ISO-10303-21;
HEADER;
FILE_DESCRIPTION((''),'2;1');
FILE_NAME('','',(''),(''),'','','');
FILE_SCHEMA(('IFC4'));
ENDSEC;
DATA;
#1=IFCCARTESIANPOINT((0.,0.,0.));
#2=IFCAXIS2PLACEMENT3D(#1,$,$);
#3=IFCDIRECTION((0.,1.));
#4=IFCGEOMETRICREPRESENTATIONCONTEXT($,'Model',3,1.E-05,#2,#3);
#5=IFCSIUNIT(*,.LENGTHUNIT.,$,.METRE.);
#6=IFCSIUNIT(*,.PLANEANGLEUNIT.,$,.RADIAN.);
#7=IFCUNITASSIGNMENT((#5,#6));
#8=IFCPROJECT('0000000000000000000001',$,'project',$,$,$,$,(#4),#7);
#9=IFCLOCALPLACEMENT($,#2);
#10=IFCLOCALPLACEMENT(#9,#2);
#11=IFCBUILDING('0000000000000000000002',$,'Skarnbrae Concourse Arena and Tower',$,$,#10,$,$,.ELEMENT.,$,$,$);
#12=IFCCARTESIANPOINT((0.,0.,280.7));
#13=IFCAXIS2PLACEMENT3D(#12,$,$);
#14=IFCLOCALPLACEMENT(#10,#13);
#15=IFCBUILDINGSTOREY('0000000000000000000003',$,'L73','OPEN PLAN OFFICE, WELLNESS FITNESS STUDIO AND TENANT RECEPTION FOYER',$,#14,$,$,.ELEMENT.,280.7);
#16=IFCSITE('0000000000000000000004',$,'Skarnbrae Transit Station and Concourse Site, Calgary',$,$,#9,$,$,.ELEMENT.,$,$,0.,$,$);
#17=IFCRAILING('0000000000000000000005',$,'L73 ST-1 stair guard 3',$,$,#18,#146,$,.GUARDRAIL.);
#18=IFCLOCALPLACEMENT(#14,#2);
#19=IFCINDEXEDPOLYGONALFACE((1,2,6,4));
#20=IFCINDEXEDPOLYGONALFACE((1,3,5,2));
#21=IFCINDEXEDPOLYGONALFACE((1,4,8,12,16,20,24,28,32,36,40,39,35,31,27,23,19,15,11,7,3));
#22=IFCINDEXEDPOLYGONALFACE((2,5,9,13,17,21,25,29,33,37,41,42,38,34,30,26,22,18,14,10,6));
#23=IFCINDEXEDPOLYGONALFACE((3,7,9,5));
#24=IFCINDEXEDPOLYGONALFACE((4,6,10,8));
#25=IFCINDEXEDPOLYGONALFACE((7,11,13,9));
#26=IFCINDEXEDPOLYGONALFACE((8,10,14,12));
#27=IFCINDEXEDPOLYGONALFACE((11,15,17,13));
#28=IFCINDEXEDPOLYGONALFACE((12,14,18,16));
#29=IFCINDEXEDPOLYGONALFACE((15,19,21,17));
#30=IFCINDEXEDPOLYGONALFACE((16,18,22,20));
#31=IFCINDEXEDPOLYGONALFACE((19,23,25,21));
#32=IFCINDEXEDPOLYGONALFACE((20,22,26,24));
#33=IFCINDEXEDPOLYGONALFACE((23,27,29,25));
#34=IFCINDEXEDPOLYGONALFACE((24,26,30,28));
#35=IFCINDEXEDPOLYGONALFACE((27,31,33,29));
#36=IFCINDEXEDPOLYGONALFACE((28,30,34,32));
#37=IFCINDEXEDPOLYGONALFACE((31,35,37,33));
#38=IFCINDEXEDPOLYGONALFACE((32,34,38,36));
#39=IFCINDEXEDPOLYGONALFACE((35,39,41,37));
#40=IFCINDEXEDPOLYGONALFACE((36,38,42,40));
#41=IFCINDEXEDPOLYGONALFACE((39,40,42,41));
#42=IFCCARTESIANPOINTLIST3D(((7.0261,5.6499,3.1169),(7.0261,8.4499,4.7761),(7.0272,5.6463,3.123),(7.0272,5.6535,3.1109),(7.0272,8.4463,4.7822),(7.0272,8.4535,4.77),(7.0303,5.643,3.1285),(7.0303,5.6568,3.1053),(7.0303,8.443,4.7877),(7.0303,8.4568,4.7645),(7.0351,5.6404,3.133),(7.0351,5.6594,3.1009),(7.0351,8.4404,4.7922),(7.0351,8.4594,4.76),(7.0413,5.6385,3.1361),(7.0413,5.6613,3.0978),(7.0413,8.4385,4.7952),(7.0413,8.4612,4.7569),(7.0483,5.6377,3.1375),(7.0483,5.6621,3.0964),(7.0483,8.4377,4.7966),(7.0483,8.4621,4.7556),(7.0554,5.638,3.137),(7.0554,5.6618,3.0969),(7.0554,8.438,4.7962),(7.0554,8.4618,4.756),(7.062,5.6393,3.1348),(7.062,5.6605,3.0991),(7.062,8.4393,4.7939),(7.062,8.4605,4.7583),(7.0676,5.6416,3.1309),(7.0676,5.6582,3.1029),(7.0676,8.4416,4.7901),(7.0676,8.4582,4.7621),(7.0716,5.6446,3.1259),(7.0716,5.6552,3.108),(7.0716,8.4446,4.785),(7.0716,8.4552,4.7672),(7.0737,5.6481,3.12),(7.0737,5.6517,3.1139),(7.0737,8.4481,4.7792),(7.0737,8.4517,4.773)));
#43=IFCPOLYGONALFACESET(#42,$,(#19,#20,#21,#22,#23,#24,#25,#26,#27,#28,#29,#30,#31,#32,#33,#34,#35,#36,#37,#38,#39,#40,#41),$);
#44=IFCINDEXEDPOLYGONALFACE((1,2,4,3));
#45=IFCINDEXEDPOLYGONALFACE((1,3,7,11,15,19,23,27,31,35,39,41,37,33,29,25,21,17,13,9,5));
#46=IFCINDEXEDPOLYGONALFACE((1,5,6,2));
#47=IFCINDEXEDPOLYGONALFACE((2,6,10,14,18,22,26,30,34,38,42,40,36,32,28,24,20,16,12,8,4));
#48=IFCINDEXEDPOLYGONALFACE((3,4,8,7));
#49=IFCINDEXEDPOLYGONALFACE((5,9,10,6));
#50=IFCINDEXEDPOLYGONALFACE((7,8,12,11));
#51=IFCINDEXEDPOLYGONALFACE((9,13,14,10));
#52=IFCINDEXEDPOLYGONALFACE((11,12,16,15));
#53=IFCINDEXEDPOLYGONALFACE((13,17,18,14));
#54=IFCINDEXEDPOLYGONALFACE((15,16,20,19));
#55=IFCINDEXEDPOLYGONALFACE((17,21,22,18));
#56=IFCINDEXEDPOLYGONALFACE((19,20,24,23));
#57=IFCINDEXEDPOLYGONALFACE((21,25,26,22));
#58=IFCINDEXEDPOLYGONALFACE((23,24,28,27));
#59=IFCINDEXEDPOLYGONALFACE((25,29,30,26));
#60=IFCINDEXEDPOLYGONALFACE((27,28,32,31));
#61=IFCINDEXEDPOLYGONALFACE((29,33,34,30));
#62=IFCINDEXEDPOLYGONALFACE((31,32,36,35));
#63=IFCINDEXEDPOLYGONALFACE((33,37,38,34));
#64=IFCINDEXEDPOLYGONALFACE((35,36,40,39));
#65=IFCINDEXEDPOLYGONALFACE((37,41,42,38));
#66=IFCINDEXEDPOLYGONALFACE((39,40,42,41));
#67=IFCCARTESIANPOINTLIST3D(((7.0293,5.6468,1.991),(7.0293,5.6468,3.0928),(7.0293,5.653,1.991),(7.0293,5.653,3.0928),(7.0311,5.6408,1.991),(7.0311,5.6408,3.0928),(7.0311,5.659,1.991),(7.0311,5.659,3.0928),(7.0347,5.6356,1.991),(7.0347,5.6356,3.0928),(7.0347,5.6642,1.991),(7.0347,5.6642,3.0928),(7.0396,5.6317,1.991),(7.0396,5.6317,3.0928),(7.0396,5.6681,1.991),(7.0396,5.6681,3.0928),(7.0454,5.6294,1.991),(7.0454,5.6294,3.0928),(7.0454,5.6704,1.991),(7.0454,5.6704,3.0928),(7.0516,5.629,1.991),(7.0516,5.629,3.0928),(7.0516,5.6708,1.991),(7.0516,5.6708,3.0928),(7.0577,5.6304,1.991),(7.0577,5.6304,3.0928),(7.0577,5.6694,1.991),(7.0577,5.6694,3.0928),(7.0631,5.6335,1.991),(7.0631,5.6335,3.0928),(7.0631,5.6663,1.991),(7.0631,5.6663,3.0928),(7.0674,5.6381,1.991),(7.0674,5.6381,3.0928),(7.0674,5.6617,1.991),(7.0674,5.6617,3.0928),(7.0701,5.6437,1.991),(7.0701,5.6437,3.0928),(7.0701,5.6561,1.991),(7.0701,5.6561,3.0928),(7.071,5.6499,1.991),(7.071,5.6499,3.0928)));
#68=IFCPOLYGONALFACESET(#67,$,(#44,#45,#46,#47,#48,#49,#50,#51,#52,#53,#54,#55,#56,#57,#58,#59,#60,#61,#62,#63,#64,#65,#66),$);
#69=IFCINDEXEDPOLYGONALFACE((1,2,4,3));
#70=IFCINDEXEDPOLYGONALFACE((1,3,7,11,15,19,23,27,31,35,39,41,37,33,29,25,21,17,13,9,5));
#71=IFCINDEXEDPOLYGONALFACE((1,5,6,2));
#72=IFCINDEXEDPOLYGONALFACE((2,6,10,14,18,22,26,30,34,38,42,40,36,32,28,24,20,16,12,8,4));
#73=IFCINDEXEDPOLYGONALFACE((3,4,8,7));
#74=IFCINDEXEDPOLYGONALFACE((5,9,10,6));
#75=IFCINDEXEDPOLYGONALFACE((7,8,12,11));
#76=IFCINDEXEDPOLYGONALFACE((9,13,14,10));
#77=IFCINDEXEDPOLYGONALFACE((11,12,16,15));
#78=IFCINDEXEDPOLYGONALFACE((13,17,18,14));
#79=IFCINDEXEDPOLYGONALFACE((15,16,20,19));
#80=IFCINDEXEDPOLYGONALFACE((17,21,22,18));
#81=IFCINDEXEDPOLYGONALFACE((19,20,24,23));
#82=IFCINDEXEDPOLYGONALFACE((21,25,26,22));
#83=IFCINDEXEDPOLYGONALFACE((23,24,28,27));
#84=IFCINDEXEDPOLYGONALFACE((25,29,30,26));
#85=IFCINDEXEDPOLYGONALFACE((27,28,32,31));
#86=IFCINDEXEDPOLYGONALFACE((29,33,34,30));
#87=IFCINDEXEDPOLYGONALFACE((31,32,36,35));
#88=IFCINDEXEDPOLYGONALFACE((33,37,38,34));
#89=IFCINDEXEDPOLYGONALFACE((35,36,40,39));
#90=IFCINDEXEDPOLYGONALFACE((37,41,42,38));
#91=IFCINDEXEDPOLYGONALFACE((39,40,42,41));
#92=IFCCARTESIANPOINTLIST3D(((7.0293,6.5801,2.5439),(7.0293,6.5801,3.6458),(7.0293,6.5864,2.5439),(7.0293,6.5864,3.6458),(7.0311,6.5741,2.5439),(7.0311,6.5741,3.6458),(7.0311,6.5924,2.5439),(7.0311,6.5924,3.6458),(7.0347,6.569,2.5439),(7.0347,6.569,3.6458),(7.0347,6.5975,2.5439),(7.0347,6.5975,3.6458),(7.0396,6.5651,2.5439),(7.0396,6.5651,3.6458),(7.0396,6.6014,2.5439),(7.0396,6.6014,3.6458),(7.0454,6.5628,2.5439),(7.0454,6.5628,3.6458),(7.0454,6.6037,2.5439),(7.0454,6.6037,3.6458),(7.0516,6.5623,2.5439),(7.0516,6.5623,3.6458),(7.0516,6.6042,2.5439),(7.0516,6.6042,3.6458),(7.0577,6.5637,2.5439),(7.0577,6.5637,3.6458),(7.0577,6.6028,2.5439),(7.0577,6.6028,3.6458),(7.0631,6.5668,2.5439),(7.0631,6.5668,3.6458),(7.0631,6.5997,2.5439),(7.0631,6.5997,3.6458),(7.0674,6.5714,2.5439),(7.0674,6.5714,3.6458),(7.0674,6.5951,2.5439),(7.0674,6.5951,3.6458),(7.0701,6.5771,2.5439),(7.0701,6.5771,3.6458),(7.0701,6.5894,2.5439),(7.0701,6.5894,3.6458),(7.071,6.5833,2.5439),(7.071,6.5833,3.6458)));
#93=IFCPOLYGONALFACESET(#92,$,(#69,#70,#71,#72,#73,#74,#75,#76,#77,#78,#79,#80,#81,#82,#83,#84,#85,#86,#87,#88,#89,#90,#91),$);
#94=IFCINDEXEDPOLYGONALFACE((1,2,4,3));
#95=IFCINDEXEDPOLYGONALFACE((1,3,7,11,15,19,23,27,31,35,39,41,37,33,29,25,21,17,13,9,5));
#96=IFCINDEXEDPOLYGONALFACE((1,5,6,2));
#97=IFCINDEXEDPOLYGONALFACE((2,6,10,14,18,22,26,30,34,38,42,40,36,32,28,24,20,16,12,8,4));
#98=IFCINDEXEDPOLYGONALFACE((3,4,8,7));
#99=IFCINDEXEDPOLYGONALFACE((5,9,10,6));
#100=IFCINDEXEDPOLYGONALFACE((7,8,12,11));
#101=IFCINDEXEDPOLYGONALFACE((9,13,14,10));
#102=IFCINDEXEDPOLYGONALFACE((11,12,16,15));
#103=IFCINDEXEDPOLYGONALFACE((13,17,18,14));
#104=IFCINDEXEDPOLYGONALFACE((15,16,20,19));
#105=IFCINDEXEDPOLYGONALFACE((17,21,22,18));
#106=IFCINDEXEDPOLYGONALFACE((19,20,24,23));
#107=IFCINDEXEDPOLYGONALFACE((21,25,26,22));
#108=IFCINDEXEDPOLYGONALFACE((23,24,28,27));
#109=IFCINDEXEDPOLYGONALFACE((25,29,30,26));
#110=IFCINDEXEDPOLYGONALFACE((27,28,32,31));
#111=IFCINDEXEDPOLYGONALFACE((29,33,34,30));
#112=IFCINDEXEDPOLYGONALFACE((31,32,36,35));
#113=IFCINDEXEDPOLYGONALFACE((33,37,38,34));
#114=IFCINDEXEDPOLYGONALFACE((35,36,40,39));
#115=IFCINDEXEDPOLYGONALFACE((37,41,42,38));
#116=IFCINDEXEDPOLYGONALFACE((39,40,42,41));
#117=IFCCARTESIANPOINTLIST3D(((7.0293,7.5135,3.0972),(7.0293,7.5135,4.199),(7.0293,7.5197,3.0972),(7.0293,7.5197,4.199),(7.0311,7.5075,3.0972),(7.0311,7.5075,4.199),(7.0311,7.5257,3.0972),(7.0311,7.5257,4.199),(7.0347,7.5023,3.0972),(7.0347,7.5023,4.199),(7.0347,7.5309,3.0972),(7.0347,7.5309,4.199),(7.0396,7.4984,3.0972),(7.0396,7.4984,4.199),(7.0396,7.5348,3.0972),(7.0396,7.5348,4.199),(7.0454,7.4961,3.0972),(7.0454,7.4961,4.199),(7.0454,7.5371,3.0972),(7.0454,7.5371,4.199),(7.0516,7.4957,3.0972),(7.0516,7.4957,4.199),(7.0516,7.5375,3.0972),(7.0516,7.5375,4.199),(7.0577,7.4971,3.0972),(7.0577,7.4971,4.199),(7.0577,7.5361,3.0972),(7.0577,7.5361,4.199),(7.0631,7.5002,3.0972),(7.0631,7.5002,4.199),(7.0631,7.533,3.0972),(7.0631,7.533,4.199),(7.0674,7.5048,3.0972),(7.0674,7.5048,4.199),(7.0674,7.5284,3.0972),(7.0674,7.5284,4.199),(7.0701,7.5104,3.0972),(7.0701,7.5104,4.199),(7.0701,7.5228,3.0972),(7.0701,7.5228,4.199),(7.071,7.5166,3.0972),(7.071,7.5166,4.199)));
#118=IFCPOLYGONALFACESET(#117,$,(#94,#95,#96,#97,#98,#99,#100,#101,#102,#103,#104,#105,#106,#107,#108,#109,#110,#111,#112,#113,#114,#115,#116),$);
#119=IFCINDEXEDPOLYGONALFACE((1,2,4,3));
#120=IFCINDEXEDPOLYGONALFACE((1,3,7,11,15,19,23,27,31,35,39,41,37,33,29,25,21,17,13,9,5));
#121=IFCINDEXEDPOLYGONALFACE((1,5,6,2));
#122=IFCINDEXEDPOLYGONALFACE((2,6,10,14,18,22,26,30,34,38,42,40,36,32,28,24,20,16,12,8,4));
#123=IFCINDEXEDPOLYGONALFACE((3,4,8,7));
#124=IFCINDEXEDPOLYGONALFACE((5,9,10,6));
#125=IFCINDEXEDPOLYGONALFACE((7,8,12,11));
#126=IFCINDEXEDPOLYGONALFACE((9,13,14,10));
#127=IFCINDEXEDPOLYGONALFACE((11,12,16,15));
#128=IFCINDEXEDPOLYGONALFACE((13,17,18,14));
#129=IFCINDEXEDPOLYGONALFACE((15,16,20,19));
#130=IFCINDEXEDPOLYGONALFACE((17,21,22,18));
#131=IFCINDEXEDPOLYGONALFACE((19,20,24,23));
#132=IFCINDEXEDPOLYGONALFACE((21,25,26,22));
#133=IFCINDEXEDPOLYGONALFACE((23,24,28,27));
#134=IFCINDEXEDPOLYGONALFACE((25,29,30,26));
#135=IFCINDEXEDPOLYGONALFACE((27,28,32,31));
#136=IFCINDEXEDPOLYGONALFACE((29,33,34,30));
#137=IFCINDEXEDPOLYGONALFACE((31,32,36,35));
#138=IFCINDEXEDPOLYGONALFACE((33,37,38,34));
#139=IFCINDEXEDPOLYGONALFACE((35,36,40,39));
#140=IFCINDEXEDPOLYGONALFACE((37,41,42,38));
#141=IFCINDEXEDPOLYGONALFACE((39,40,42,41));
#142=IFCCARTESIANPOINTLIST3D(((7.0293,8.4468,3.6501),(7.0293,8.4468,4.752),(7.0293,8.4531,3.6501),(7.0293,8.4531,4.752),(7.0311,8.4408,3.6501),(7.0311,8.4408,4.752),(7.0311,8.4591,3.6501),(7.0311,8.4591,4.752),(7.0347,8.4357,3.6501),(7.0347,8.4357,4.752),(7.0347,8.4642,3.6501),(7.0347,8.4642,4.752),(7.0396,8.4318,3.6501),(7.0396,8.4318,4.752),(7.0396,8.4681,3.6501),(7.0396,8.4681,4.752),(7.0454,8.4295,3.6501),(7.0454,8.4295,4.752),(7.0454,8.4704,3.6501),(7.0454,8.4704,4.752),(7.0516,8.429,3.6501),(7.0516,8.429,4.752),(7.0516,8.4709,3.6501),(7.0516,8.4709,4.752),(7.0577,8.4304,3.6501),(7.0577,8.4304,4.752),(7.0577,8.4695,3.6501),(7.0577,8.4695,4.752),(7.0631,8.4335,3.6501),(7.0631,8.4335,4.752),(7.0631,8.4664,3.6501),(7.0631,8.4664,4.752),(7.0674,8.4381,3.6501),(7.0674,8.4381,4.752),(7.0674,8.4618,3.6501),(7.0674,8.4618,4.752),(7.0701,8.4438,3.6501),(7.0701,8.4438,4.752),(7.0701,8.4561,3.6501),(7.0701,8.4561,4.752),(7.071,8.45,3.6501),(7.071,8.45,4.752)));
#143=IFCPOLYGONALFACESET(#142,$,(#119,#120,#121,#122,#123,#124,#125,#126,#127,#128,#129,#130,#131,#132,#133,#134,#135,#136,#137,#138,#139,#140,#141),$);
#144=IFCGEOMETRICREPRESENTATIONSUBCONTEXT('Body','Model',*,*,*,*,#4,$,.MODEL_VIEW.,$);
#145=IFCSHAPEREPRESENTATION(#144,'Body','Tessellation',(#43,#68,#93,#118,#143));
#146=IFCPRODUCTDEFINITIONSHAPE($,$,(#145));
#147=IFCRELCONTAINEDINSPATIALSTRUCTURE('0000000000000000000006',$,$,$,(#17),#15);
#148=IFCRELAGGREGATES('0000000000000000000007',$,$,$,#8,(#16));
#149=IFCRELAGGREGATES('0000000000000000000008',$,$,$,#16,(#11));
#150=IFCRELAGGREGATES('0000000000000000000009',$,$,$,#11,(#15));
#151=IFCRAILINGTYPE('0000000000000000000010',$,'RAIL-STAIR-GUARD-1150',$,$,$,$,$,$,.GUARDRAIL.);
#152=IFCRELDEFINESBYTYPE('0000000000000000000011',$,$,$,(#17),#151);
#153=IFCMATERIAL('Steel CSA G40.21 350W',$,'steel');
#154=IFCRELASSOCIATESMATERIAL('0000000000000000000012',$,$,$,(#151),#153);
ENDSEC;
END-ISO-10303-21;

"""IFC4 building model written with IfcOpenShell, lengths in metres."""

from ifc_helpers import new_model, si_unit, direction, frame, origin, origin_2d, place, context, subcontext, project, spatial, circle, extrude, material, type_object, element, save


model = new_model("IFC4")

# Units and contexts
model_context = context("Model", 3, precision=1e-05, world=origin(), true_north=direction((0.0, 1.0)))
body_context = subcontext(model_context, "Body", "Model", "MODEL_VIEW")
ifc_project = project(units=[si_unit("LENGTHUNIT", "METRE"), si_unit("PLANEANGLEUNIT", "RADIAN")], contexts=[model_context])

# Site, building, storey
site_placement = place(None, origin())
site = spatial("IfcSite", under=ifc_project, at=site_placement, Name="Skarnbrae Transit Station and Concourse Site, Calgary", CompositionType="ELEMENT", RefElevation=0.0)
building_placement = place(site_placement, origin())
building = spatial("IfcBuilding", under=site, at=building_placement, Name="Skarnbrae Concourse Arena and Tower", CompositionType="ELEMENT")
storey_placement = place(building_placement, frame((0.0, 0.0, 280.7)))
storey = spatial("IfcBuildingStorey", under=building, at=storey_placement, Name="L73", Description="OPEN PLAN OFFICE, WELLNESS FITNESS STUDIO AND TENANT RECEPTION FOYER", CompositionType="ELEMENT", Elevation=280.7)

# Shared definitions
ifc_material_1 = material(Name="Steel CSA G40.21 350W", Category="steel")

# Railing
railing_type_1 = type_object("IfcRailingType", Name="RAIL-STAIR-GUARD-1150", PredefinedType="GUARDRAIL", material=ifc_material_1)
railing_1_placement = place(storey_placement, frame((7.05, 5.6499, 1.991)))
element("IfcRailing", 1, at=railing_1_placement, inside=storey, type_object=railing_type_1, Name="L73 ST-1 stair guard 3", PredefinedType="GUARDRAIL", context=body_context, shape_type="SweptSolid", body=[
    extrude(circle(Radius=0.0239, at=origin_2d()), frame((0.0, 0.0, 1.126), z_axis=(0.0, 0.860306, 0.509778), x_axis=(-1.0, 0.0, 0.0)), (0.0, 0.0, 1.0), 3.2546),
    extrude(circle(Radius=0.021, at=origin_2d()), origin(), (0.0, 0.0, 1.0), 1.1018),
    extrude(circle(Radius=0.021, at=origin_2d()), frame((0.0, 0.9333, 0.553)), (0.0, 0.0, 1.0), 1.1018),
    extrude(circle(Radius=0.021, at=origin_2d()), frame((0.0, 1.8667, 1.1062)), (0.0, 0.0, 1.0), 1.1018),
    extrude(circle(Radius=0.021, at=origin_2d()), frame((0.0, 2.8, 1.6592)), (0.0, 0.0, 1.0), 1.1018),
])

save(model, "model.ifc")
